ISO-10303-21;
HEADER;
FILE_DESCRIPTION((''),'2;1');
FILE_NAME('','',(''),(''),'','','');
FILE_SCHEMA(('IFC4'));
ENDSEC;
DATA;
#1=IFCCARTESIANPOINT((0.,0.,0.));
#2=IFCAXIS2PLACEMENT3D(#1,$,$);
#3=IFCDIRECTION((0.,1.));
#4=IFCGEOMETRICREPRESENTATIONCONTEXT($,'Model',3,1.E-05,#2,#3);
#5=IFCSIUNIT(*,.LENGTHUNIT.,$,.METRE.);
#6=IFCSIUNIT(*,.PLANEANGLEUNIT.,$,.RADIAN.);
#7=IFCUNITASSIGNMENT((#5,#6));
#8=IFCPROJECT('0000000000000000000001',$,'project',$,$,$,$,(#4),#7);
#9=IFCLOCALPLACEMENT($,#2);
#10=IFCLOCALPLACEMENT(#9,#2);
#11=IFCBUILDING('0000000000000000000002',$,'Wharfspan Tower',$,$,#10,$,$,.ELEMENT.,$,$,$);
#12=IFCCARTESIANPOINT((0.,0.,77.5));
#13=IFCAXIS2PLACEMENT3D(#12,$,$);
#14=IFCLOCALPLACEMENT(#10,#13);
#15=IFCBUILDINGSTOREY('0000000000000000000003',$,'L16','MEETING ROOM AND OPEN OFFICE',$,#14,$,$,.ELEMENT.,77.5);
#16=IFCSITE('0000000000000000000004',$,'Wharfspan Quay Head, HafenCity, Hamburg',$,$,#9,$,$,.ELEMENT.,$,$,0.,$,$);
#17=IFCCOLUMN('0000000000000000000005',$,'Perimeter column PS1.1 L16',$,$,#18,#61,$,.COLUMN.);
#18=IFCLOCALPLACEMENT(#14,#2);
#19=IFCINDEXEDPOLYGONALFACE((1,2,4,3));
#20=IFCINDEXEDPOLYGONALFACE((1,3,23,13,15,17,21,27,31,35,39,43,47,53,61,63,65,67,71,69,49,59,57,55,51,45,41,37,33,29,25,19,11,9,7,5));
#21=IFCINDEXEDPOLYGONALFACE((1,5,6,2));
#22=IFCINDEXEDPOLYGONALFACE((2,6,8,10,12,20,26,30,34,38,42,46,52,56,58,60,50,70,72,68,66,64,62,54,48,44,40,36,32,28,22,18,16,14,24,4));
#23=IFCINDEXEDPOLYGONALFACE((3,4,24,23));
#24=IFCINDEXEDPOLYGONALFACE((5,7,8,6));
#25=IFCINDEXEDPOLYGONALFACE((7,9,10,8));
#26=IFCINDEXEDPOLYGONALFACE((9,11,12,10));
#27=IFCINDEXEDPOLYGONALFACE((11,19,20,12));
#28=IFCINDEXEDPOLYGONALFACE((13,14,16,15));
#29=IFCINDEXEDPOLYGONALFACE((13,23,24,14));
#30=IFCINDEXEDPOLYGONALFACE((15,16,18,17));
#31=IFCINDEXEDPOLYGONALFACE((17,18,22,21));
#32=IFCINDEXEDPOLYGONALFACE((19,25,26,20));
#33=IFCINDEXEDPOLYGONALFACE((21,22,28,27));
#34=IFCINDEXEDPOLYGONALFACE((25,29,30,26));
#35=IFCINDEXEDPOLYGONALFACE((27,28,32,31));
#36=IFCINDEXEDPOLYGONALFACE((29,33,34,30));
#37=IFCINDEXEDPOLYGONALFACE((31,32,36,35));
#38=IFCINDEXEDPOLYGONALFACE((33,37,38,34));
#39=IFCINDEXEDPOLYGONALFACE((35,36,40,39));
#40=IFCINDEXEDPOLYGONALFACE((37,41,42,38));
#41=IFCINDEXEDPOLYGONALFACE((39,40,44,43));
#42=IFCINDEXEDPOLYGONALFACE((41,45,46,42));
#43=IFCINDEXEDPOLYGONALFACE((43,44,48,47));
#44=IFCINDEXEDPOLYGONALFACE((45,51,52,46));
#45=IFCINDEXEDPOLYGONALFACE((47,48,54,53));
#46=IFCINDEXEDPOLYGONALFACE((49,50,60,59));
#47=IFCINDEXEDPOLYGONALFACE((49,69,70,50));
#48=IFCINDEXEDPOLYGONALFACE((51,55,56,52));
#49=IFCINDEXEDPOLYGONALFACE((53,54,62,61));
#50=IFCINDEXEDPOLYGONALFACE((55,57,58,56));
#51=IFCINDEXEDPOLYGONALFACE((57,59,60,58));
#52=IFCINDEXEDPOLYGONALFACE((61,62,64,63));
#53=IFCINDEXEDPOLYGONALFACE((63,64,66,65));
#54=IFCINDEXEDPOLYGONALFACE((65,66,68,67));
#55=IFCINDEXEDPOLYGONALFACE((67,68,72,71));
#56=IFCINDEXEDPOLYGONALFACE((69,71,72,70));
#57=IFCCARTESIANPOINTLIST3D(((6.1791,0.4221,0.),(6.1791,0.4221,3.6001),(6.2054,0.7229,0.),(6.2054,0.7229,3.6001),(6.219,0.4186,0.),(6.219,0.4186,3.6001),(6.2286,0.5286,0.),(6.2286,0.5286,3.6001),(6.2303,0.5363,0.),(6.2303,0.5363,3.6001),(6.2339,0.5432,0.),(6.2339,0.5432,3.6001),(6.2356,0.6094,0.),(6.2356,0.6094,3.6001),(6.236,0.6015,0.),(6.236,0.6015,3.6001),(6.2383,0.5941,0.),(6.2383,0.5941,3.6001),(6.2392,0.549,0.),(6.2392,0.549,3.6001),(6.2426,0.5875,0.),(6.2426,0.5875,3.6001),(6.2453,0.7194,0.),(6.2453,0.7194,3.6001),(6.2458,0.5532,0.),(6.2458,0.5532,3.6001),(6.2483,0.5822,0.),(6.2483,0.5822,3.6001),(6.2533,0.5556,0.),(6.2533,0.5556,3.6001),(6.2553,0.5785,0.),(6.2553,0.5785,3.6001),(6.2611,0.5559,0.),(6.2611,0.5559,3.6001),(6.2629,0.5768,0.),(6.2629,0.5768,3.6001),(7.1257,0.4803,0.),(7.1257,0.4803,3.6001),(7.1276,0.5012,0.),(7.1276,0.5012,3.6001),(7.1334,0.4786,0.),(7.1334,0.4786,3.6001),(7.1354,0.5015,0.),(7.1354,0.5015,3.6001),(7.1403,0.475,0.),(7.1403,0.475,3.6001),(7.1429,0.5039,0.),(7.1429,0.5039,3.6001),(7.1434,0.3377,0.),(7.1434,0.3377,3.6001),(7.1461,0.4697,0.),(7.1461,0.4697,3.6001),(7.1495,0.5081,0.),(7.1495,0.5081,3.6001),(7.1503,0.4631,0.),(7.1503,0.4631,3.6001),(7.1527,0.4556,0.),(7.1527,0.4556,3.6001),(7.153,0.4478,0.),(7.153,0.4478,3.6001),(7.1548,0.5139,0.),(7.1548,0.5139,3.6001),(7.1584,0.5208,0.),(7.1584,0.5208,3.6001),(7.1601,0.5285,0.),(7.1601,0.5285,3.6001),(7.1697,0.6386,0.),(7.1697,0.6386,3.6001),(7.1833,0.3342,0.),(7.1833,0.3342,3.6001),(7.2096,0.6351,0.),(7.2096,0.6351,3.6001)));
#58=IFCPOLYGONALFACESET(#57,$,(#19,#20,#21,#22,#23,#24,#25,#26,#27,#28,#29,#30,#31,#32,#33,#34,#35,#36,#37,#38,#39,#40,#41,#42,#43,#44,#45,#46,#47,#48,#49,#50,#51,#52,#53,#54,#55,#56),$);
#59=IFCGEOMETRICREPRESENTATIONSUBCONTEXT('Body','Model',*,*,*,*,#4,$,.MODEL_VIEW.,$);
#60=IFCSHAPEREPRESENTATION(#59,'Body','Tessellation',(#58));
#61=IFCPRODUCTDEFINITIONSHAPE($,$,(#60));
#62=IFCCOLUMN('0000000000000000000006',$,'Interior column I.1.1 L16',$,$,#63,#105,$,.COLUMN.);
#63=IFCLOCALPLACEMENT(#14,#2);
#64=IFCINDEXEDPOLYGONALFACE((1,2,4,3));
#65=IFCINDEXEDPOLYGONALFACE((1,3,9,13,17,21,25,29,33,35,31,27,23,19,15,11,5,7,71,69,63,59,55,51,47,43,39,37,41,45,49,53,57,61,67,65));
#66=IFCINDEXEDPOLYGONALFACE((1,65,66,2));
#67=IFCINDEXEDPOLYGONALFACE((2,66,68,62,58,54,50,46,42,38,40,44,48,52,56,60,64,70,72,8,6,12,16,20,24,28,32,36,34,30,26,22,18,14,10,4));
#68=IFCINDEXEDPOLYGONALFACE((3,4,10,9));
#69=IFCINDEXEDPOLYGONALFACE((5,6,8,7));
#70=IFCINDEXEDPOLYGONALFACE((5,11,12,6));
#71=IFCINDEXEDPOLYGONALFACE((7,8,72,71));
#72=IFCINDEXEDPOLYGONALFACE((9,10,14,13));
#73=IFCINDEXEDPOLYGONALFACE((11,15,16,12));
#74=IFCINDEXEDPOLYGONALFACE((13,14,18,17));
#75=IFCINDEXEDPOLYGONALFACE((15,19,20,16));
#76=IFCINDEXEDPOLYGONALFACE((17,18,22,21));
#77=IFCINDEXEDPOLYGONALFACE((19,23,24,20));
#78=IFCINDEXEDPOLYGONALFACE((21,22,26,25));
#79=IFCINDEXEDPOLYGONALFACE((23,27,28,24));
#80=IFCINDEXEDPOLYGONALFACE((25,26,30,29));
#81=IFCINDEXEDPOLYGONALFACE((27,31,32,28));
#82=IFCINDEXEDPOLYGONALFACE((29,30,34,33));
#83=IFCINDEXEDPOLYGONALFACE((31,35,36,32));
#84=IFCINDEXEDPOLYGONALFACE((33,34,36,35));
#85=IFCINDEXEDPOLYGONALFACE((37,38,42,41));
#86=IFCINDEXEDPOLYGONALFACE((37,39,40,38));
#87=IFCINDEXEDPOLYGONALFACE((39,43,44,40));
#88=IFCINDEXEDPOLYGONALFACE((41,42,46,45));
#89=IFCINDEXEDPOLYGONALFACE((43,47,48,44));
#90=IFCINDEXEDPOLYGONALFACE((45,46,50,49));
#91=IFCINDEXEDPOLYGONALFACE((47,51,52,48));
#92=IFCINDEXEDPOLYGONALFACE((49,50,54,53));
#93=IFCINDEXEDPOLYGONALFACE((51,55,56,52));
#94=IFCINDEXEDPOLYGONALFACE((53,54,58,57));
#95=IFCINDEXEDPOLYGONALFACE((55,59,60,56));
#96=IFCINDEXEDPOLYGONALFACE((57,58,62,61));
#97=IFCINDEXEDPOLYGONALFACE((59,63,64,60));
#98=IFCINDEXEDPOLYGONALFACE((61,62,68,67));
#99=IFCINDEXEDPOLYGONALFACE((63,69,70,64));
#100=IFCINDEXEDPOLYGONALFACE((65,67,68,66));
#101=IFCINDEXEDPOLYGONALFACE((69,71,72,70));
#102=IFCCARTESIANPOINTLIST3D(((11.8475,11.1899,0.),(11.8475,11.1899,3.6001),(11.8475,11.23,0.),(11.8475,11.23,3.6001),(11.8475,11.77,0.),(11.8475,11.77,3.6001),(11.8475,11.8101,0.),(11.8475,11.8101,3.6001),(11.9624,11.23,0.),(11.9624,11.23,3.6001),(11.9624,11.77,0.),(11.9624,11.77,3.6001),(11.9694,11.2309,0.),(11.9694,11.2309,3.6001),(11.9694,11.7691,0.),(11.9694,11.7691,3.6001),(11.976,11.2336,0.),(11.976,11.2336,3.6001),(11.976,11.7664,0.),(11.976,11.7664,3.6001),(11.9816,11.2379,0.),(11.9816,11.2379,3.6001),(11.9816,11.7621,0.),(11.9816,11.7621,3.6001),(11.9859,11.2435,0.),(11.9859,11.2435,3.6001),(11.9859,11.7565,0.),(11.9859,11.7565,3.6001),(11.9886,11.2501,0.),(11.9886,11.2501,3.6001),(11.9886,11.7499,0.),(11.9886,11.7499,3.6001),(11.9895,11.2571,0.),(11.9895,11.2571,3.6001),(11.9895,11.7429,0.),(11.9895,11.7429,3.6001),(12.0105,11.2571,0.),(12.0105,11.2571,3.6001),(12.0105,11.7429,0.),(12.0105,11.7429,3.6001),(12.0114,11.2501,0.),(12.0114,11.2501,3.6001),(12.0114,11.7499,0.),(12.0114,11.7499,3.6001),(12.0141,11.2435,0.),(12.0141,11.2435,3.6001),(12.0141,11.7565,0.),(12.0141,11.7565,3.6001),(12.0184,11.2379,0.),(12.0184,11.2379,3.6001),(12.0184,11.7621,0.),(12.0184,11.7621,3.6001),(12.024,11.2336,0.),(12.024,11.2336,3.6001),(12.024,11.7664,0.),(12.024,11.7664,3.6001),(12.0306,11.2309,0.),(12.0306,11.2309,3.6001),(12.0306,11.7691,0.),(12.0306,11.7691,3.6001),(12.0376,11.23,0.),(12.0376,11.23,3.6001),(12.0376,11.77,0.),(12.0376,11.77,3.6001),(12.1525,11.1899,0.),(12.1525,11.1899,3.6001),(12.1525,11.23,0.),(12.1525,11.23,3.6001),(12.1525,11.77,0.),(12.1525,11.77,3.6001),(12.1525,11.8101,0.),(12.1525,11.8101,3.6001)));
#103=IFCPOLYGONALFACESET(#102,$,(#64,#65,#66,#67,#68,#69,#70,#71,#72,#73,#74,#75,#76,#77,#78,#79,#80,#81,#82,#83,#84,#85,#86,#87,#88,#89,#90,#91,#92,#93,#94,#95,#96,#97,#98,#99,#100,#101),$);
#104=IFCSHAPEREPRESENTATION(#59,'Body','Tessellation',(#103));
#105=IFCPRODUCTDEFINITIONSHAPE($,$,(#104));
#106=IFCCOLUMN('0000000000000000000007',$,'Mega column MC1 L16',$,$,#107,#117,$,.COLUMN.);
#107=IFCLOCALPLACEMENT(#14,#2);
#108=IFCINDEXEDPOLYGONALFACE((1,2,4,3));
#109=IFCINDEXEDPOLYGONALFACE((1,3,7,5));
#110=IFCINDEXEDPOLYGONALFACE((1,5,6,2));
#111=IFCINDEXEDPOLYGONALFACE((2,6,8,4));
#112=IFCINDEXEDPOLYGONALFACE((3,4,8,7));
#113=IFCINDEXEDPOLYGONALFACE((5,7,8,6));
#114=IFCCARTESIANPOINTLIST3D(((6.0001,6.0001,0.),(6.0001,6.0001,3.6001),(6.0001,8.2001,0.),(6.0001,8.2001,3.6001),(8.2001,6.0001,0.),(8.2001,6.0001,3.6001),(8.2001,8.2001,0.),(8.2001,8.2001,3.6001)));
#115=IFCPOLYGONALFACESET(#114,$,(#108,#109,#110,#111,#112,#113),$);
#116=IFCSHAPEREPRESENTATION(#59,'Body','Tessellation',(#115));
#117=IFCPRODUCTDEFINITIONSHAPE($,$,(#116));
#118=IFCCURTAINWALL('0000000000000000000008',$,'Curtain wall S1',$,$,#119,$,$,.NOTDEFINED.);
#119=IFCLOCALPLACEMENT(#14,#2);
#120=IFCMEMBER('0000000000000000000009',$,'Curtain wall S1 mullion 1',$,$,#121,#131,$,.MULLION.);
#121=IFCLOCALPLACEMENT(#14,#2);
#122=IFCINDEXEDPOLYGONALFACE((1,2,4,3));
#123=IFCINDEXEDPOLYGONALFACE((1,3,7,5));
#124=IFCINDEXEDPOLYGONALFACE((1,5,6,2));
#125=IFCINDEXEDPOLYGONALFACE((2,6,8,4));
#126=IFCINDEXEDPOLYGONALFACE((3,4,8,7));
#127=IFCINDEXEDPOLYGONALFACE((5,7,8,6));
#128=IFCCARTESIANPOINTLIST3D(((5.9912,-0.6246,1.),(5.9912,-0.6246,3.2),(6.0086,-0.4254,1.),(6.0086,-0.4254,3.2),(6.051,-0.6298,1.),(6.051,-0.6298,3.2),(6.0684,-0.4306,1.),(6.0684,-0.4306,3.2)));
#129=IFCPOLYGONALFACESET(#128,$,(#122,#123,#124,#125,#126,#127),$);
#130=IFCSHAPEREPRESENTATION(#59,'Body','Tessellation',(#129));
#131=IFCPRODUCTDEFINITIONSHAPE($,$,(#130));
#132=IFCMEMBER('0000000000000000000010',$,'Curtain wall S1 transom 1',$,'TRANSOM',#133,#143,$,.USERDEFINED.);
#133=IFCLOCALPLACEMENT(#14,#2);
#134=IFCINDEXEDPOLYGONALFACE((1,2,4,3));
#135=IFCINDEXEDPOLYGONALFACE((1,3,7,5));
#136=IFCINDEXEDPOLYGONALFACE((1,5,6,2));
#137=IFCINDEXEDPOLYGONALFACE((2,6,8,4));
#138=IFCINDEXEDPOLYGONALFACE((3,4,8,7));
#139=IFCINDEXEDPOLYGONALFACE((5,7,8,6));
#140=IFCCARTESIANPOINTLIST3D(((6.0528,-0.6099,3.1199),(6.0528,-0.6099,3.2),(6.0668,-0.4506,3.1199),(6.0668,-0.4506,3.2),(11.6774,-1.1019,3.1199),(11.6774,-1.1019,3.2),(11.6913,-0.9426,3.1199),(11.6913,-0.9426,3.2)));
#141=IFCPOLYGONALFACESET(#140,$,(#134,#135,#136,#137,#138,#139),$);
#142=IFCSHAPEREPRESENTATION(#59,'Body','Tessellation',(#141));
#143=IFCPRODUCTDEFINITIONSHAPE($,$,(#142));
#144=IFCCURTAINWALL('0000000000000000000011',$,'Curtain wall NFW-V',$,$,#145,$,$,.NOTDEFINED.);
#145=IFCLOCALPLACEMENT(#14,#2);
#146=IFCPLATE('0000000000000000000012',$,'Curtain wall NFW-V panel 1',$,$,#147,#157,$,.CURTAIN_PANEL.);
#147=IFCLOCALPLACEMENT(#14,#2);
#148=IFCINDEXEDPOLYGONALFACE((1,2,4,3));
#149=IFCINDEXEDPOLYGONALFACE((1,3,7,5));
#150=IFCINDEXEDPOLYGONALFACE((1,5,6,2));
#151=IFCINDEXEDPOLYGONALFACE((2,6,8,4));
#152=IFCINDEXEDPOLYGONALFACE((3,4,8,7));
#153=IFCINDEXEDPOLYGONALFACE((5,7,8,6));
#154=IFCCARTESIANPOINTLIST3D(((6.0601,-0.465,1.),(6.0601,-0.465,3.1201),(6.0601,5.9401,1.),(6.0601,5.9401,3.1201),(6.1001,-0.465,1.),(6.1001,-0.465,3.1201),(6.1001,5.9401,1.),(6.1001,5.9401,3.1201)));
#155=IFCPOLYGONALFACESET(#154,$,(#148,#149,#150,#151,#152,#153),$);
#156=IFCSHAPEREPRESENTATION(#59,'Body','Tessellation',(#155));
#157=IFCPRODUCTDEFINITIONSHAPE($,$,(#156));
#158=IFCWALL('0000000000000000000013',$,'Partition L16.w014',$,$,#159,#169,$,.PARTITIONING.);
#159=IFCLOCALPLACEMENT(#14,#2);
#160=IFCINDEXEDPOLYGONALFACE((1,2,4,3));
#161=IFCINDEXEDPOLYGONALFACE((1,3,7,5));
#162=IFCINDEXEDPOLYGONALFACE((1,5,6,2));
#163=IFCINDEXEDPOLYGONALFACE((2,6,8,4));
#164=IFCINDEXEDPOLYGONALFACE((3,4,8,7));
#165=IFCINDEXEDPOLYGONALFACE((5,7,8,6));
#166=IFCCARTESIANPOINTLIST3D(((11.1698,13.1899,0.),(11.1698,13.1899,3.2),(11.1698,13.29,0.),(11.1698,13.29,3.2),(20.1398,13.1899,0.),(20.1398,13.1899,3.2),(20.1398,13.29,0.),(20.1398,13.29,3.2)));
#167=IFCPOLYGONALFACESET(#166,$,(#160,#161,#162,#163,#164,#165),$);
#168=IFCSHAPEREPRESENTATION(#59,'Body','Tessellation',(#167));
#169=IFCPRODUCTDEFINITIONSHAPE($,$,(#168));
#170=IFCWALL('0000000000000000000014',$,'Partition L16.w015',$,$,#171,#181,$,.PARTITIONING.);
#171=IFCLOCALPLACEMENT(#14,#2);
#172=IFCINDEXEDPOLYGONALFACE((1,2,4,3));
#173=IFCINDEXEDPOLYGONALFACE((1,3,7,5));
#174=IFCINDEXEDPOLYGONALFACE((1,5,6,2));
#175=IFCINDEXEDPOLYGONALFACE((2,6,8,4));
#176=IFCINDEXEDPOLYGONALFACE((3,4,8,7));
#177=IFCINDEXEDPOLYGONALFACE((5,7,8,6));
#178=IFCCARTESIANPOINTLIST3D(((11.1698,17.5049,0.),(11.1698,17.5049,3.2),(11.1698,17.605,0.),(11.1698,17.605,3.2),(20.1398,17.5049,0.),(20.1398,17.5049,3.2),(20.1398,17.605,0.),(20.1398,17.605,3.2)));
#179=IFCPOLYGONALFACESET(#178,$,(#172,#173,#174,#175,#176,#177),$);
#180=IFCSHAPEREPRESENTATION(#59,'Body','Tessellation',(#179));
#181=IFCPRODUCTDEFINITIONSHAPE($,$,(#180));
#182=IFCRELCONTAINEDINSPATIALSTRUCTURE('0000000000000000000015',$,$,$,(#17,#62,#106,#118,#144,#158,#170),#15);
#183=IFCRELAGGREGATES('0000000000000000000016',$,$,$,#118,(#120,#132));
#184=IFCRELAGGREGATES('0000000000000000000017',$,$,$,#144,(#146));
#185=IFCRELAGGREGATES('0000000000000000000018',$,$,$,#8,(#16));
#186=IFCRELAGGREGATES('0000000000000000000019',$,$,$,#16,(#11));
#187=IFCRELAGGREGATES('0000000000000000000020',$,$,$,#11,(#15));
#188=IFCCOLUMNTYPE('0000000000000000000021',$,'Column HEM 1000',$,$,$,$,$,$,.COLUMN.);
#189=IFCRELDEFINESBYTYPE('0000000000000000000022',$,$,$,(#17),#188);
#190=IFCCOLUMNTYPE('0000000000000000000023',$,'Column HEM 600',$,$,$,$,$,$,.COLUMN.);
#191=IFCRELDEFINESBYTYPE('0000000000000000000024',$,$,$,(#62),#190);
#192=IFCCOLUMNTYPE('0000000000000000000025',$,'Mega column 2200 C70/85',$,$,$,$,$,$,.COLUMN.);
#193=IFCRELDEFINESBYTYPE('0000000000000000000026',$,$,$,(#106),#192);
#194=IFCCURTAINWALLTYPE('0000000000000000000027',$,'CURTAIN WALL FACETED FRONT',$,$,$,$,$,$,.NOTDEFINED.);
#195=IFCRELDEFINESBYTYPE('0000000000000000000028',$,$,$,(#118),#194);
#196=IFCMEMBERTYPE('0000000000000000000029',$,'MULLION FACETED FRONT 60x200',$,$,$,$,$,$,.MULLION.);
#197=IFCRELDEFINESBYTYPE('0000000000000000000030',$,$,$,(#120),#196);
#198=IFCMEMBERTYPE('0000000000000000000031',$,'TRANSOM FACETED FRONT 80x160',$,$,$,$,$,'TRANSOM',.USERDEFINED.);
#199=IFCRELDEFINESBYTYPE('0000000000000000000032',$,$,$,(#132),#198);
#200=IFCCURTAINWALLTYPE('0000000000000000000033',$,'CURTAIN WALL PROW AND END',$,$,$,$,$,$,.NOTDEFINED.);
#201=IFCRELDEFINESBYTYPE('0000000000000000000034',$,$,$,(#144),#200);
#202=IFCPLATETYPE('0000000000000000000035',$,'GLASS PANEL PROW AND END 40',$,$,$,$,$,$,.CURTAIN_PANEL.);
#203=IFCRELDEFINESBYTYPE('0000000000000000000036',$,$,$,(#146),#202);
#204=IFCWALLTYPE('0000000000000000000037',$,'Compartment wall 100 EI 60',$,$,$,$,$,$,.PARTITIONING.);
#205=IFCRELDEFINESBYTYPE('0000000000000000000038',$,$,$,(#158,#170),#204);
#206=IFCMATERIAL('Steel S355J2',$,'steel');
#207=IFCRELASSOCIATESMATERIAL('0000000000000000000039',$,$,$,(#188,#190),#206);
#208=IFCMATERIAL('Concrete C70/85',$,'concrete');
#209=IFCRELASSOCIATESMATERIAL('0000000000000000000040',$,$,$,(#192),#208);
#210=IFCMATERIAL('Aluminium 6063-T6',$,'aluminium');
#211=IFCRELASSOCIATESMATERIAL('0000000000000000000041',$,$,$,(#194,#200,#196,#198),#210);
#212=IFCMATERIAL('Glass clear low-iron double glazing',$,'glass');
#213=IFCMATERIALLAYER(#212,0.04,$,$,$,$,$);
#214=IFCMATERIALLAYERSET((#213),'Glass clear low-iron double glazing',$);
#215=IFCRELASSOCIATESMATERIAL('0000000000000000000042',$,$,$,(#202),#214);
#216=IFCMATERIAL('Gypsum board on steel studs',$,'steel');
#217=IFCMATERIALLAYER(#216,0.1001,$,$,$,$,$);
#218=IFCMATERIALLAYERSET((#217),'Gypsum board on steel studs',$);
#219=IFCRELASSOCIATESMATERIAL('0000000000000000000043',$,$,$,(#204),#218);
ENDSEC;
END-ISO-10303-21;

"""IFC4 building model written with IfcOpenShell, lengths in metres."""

from ifc_helpers import new_model, si_unit, direction, frame, frame_2d, origin, origin_2d, place, context, subcontext, project, spatial, rectangle, i_section, extrude, material, layer, layer_set, material_profile, profile_set, type_object, element, aggregate, save


model = new_model("IFC4")

# Units and contexts
model_context = context("Model", 3, precision=1e-05, world=origin(), true_north=direction((0.0, 1.0)))
body_context = subcontext(model_context, "Body", "Model", "MODEL_VIEW")
ifc_project = project(units=[si_unit("LENGTHUNIT", "METRE"), si_unit("PLANEANGLEUNIT", "RADIAN")], contexts=[model_context])

# Site, building, storey
site_placement = place(None, origin())
site = spatial("IfcSite", under=ifc_project, at=site_placement, Name="Wharfspan Quay Head, HafenCity, Hamburg", CompositionType="ELEMENT", RefElevation=0.0)
building_placement = place(site_placement, origin())
building = spatial("IfcBuilding", under=site, at=building_placement, Name="Wharfspan Tower", CompositionType="ELEMENT")
storey_placement = place(building_placement, frame((0.0, 0.0, 77.5)))
storey = spatial("IfcBuildingStorey", under=building, at=storey_placement, Name="L16", Description="MEETING ROOM AND OPEN OFFICE", CompositionType="ELEMENT", Elevation=77.5)

# Columns
ifc_material_1 = material(Name="Steel S355J2", Category="steel")
ifc_material_profile_1 = material_profile(ifc_material_1, i_section(OverallWidth=0.302, OverallDepth=1.0081, WebThickness=0.021, FlangeThickness=0.04, FilletRadius=0.03, at=origin_2d()))
ifc_profile_set_1 = profile_set([ifc_material_profile_1], Name="Steel S355J2")
column_type_1 = type_object("IfcColumnType", Name="Column HEM 1000", PredefinedType="COLUMN", material=ifc_profile_set_1)
column_1_placement = place(storey_placement, frame((6.6943, 0.5286, 0.0), z_axis=(0.0, 0.0, 1.0), x_axis=(-0.087156, -0.996198, 0.0)))
element("IfcColumn", 1, at=column_1_placement, inside=storey, type_object=column_type_1, Name="Perimeter column PS1.1 L16", PredefinedType="COLUMN", context=body_context, shape_type="SweptSolid", body=[
    extrude(i_section(OverallWidth=0.302, OverallDepth=1.0081, WebThickness=0.021, FlangeThickness=0.04, FilletRadius=0.03, at=origin_2d()), origin(), (0.0, 0.0, 1.0), 3.6001),
])
ifc_material_profile_2 = material_profile(ifc_material_1, i_section(OverallWidth=0.3049, OverallDepth=0.6201, WebThickness=0.021, FlangeThickness=0.04, FilletRadius=0.0271, at=origin_2d()))
ifc_profile_set_2 = profile_set([ifc_material_profile_2], Name="Steel S355J2")
column_type_2 = type_object("IfcColumnType", Name="Column HEM 600", PredefinedType="COLUMN", material=ifc_profile_set_2)
column_2_placement = place(storey_placement, frame((12.0, 11.5, 0.0), z_axis=(0.0, 0.0, 1.0), x_axis=(1.0, 0.0, 0.0)))
element("IfcColumn", 2, at=column_2_placement, inside=storey, type_object=column_type_2, Name="Interior column I.1.1 L16", PredefinedType="COLUMN", context=body_context, shape_type="SweptSolid", body=[
    extrude(i_section(OverallWidth=0.3049, OverallDepth=0.6201, WebThickness=0.021, FlangeThickness=0.04, FilletRadius=0.0271, at=origin_2d()), origin(), (0.0, 0.0, 1.0), 3.6001),
])
ifc_material_2 = material(Name="Concrete C70/85", Category="concrete")
ifc_material_profile_3 = material_profile(ifc_material_2, rectangle(XDim=2.2, YDim=2.2, at=origin_2d()))
ifc_profile_set_3 = profile_set([ifc_material_profile_3], Name="Concrete C70/85")
column_type_3 = type_object("IfcColumnType", Name="Mega column 2200 C70/85", PredefinedType="COLUMN", material=ifc_profile_set_3)
column_3_placement = place(storey_placement, frame((7.1001, 7.1001, 0.0), z_axis=(0.0, 0.0, 1.0), x_axis=(1.0, 0.0, 0.0)))
element("IfcColumn", 3, at=column_3_placement, inside=storey, type_object=column_type_3, Name="Mega column MC1 L16", PredefinedType="COLUMN", context=body_context, shape_type="SweptSolid", body=[
    extrude(rectangle(XDim=2.2, YDim=2.2, at=origin_2d()), origin(), (0.0, 0.0, 1.0), 3.6001),
])

# Curtain wall, members
ifc_material_3 = material(Name="Aluminium 6063-T6", Category="aluminium")
curtain_wall_type_1 = type_object("IfcCurtainWallType", Name="CURTAIN WALL FACETED FRONT", PredefinedType="NOTDEFINED", material=ifc_material_3)
curtain_wall_1_placement = place(storey_placement, origin())
curtain_wall_1 = element("IfcCurtainWall", 4, at=curtain_wall_1_placement, inside=storey, type_object=curtain_wall_type_1, Name="Curtain wall S1", PredefinedType="NOTDEFINED")
ifc_material_profile_4 = material_profile(ifc_material_3, rectangle(XDim=0.2, YDim=0.0601, at=origin_2d()))
ifc_profile_set_4 = profile_set([ifc_material_profile_4], Name="Aluminium 6063-T6")
member_type_1 = type_object("IfcMemberType", Name="MULLION FACETED FRONT 60x200", PredefinedType="MULLION", material=ifc_profile_set_4)
member_1_placement = place(storey_placement, frame((6.0298, -0.5276, 1.0), z_axis=(0.0, 0.0, 1.0), x_axis=(0.087156, 0.996197, 0.0)))
member_1 = element("IfcMember", 5, at=member_1_placement, type_object=member_type_1, Name="Curtain wall S1 mullion 1", PredefinedType="MULLION", context=body_context, shape_type="SweptSolid", body=[
    extrude(rectangle(XDim=0.2, YDim=0.0601, at=origin_2d()), origin(), (0.0, 0.0, 1.0), 2.2),
])
ifc_material_profile_5 = material_profile(ifc_material_3, rectangle(XDim=0.1599, YDim=0.0801, at=origin_2d()))
ifc_profile_set_5 = profile_set([ifc_material_profile_5], Name="Aluminium 6063-T6")
member_type_2 = type_object("IfcMemberType", Name="TRANSOM FACETED FRONT 80x160", ElementType="TRANSOM", PredefinedType="USERDEFINED", material=ifc_profile_set_5)
member_2_placement = place(storey_placement, frame((6.0598, -0.5303, 3.1599), z_axis=(0.996197, -0.087132, 0.0), x_axis=(0.087132, 0.996197, 0.0)))
member_2 = element("IfcMember", 6, at=member_2_placement, type_object=member_type_2, Name="Curtain wall S1 transom 1", ObjectType="TRANSOM", PredefinedType="USERDEFINED", context=body_context, shape_type="SweptSolid", body=[
    extrude(rectangle(XDim=0.1599, YDim=0.0801, at=origin_2d()), origin(), (0.0, 0.0, 1.0), 5.646),
])
aggregate(curtain_wall_1, [member_1, member_2])

# Curtain wall, plate
curtain_wall_type_2 = type_object("IfcCurtainWallType", Name="CURTAIN WALL PROW AND END", PredefinedType="NOTDEFINED", material=ifc_material_3)
curtain_wall_2_placement = place(storey_placement, origin())
curtain_wall_2 = element("IfcCurtainWall", 7, at=curtain_wall_2_placement, inside=storey, type_object=curtain_wall_type_2, Name="Curtain wall NFW-V", PredefinedType="NOTDEFINED")
ifc_material_4 = material(Name="Glass clear low-iron double glazing", Category="glass")
ifc_layer_1 = layer(ifc_material_4, 0.04)
ifc_layer_set_1 = layer_set([ifc_layer_1], Name="Glass clear low-iron double glazing")
plate_type = type_object("IfcPlateType", Name="GLASS PANEL PROW AND END 40", PredefinedType="CURTAIN_PANEL", material=ifc_layer_set_1)
plate_placement = place(storey_placement, frame((6.0801, 2.7375, 1.0), z_axis=(0.0, 0.0, 1.0), x_axis=(0.0, -1.0, 0.0)))
plate = element("IfcPlate", 8, at=plate_placement, type_object=plate_type, Name="Curtain wall NFW-V panel 1", PredefinedType="CURTAIN_PANEL", context=body_context, shape_type="SweptSolid", body=[
    extrude(rectangle(XDim=6.405, YDim=0.04, at=origin_2d()), origin(), (0.0, 0.0, 1.0), 2.1201),
])
aggregate(curtain_wall_2, [plate])

# Walls
ifc_material_5 = material(Name="Gypsum board on steel studs", Category="steel")
ifc_layer_2 = layer(ifc_material_5, 0.1001)
ifc_layer_set_2 = layer_set([ifc_layer_2], Name="Gypsum board on steel studs")
wall_type_1 = type_object("IfcWallType", Name="Compartment wall 100 EI 60", PredefinedType="PARTITIONING", material=ifc_layer_set_2)
for number, where, z_axis, x_axis, name in (
    (9, (11.1699, 13.24, 0.0), (0.0, 0.0, 1.0), (1.0, 0.0, 0.0), "Partition L16.w014"),
    (10, (11.1699, 17.5549, 0.0), (0.0, 0.0, 1.0), (1.0, 0.0, 0.0), "Partition L16.w015"),
):
    element("IfcWall", number, at=place(storey_placement, frame(where, z_axis=z_axis, x_axis=x_axis)), inside=storey, type_object=wall_type_1, Name=name, PredefinedType="PARTITIONING", context=body_context, shape_type="SweptSolid", body=[
        extrude(rectangle(XDim=8.97, YDim=0.1001, at=frame_2d((4.4849, 0.0))), origin(), (0.0, 0.0, 1.0), 3.2),
    ])

save(model, "model.ifc")
